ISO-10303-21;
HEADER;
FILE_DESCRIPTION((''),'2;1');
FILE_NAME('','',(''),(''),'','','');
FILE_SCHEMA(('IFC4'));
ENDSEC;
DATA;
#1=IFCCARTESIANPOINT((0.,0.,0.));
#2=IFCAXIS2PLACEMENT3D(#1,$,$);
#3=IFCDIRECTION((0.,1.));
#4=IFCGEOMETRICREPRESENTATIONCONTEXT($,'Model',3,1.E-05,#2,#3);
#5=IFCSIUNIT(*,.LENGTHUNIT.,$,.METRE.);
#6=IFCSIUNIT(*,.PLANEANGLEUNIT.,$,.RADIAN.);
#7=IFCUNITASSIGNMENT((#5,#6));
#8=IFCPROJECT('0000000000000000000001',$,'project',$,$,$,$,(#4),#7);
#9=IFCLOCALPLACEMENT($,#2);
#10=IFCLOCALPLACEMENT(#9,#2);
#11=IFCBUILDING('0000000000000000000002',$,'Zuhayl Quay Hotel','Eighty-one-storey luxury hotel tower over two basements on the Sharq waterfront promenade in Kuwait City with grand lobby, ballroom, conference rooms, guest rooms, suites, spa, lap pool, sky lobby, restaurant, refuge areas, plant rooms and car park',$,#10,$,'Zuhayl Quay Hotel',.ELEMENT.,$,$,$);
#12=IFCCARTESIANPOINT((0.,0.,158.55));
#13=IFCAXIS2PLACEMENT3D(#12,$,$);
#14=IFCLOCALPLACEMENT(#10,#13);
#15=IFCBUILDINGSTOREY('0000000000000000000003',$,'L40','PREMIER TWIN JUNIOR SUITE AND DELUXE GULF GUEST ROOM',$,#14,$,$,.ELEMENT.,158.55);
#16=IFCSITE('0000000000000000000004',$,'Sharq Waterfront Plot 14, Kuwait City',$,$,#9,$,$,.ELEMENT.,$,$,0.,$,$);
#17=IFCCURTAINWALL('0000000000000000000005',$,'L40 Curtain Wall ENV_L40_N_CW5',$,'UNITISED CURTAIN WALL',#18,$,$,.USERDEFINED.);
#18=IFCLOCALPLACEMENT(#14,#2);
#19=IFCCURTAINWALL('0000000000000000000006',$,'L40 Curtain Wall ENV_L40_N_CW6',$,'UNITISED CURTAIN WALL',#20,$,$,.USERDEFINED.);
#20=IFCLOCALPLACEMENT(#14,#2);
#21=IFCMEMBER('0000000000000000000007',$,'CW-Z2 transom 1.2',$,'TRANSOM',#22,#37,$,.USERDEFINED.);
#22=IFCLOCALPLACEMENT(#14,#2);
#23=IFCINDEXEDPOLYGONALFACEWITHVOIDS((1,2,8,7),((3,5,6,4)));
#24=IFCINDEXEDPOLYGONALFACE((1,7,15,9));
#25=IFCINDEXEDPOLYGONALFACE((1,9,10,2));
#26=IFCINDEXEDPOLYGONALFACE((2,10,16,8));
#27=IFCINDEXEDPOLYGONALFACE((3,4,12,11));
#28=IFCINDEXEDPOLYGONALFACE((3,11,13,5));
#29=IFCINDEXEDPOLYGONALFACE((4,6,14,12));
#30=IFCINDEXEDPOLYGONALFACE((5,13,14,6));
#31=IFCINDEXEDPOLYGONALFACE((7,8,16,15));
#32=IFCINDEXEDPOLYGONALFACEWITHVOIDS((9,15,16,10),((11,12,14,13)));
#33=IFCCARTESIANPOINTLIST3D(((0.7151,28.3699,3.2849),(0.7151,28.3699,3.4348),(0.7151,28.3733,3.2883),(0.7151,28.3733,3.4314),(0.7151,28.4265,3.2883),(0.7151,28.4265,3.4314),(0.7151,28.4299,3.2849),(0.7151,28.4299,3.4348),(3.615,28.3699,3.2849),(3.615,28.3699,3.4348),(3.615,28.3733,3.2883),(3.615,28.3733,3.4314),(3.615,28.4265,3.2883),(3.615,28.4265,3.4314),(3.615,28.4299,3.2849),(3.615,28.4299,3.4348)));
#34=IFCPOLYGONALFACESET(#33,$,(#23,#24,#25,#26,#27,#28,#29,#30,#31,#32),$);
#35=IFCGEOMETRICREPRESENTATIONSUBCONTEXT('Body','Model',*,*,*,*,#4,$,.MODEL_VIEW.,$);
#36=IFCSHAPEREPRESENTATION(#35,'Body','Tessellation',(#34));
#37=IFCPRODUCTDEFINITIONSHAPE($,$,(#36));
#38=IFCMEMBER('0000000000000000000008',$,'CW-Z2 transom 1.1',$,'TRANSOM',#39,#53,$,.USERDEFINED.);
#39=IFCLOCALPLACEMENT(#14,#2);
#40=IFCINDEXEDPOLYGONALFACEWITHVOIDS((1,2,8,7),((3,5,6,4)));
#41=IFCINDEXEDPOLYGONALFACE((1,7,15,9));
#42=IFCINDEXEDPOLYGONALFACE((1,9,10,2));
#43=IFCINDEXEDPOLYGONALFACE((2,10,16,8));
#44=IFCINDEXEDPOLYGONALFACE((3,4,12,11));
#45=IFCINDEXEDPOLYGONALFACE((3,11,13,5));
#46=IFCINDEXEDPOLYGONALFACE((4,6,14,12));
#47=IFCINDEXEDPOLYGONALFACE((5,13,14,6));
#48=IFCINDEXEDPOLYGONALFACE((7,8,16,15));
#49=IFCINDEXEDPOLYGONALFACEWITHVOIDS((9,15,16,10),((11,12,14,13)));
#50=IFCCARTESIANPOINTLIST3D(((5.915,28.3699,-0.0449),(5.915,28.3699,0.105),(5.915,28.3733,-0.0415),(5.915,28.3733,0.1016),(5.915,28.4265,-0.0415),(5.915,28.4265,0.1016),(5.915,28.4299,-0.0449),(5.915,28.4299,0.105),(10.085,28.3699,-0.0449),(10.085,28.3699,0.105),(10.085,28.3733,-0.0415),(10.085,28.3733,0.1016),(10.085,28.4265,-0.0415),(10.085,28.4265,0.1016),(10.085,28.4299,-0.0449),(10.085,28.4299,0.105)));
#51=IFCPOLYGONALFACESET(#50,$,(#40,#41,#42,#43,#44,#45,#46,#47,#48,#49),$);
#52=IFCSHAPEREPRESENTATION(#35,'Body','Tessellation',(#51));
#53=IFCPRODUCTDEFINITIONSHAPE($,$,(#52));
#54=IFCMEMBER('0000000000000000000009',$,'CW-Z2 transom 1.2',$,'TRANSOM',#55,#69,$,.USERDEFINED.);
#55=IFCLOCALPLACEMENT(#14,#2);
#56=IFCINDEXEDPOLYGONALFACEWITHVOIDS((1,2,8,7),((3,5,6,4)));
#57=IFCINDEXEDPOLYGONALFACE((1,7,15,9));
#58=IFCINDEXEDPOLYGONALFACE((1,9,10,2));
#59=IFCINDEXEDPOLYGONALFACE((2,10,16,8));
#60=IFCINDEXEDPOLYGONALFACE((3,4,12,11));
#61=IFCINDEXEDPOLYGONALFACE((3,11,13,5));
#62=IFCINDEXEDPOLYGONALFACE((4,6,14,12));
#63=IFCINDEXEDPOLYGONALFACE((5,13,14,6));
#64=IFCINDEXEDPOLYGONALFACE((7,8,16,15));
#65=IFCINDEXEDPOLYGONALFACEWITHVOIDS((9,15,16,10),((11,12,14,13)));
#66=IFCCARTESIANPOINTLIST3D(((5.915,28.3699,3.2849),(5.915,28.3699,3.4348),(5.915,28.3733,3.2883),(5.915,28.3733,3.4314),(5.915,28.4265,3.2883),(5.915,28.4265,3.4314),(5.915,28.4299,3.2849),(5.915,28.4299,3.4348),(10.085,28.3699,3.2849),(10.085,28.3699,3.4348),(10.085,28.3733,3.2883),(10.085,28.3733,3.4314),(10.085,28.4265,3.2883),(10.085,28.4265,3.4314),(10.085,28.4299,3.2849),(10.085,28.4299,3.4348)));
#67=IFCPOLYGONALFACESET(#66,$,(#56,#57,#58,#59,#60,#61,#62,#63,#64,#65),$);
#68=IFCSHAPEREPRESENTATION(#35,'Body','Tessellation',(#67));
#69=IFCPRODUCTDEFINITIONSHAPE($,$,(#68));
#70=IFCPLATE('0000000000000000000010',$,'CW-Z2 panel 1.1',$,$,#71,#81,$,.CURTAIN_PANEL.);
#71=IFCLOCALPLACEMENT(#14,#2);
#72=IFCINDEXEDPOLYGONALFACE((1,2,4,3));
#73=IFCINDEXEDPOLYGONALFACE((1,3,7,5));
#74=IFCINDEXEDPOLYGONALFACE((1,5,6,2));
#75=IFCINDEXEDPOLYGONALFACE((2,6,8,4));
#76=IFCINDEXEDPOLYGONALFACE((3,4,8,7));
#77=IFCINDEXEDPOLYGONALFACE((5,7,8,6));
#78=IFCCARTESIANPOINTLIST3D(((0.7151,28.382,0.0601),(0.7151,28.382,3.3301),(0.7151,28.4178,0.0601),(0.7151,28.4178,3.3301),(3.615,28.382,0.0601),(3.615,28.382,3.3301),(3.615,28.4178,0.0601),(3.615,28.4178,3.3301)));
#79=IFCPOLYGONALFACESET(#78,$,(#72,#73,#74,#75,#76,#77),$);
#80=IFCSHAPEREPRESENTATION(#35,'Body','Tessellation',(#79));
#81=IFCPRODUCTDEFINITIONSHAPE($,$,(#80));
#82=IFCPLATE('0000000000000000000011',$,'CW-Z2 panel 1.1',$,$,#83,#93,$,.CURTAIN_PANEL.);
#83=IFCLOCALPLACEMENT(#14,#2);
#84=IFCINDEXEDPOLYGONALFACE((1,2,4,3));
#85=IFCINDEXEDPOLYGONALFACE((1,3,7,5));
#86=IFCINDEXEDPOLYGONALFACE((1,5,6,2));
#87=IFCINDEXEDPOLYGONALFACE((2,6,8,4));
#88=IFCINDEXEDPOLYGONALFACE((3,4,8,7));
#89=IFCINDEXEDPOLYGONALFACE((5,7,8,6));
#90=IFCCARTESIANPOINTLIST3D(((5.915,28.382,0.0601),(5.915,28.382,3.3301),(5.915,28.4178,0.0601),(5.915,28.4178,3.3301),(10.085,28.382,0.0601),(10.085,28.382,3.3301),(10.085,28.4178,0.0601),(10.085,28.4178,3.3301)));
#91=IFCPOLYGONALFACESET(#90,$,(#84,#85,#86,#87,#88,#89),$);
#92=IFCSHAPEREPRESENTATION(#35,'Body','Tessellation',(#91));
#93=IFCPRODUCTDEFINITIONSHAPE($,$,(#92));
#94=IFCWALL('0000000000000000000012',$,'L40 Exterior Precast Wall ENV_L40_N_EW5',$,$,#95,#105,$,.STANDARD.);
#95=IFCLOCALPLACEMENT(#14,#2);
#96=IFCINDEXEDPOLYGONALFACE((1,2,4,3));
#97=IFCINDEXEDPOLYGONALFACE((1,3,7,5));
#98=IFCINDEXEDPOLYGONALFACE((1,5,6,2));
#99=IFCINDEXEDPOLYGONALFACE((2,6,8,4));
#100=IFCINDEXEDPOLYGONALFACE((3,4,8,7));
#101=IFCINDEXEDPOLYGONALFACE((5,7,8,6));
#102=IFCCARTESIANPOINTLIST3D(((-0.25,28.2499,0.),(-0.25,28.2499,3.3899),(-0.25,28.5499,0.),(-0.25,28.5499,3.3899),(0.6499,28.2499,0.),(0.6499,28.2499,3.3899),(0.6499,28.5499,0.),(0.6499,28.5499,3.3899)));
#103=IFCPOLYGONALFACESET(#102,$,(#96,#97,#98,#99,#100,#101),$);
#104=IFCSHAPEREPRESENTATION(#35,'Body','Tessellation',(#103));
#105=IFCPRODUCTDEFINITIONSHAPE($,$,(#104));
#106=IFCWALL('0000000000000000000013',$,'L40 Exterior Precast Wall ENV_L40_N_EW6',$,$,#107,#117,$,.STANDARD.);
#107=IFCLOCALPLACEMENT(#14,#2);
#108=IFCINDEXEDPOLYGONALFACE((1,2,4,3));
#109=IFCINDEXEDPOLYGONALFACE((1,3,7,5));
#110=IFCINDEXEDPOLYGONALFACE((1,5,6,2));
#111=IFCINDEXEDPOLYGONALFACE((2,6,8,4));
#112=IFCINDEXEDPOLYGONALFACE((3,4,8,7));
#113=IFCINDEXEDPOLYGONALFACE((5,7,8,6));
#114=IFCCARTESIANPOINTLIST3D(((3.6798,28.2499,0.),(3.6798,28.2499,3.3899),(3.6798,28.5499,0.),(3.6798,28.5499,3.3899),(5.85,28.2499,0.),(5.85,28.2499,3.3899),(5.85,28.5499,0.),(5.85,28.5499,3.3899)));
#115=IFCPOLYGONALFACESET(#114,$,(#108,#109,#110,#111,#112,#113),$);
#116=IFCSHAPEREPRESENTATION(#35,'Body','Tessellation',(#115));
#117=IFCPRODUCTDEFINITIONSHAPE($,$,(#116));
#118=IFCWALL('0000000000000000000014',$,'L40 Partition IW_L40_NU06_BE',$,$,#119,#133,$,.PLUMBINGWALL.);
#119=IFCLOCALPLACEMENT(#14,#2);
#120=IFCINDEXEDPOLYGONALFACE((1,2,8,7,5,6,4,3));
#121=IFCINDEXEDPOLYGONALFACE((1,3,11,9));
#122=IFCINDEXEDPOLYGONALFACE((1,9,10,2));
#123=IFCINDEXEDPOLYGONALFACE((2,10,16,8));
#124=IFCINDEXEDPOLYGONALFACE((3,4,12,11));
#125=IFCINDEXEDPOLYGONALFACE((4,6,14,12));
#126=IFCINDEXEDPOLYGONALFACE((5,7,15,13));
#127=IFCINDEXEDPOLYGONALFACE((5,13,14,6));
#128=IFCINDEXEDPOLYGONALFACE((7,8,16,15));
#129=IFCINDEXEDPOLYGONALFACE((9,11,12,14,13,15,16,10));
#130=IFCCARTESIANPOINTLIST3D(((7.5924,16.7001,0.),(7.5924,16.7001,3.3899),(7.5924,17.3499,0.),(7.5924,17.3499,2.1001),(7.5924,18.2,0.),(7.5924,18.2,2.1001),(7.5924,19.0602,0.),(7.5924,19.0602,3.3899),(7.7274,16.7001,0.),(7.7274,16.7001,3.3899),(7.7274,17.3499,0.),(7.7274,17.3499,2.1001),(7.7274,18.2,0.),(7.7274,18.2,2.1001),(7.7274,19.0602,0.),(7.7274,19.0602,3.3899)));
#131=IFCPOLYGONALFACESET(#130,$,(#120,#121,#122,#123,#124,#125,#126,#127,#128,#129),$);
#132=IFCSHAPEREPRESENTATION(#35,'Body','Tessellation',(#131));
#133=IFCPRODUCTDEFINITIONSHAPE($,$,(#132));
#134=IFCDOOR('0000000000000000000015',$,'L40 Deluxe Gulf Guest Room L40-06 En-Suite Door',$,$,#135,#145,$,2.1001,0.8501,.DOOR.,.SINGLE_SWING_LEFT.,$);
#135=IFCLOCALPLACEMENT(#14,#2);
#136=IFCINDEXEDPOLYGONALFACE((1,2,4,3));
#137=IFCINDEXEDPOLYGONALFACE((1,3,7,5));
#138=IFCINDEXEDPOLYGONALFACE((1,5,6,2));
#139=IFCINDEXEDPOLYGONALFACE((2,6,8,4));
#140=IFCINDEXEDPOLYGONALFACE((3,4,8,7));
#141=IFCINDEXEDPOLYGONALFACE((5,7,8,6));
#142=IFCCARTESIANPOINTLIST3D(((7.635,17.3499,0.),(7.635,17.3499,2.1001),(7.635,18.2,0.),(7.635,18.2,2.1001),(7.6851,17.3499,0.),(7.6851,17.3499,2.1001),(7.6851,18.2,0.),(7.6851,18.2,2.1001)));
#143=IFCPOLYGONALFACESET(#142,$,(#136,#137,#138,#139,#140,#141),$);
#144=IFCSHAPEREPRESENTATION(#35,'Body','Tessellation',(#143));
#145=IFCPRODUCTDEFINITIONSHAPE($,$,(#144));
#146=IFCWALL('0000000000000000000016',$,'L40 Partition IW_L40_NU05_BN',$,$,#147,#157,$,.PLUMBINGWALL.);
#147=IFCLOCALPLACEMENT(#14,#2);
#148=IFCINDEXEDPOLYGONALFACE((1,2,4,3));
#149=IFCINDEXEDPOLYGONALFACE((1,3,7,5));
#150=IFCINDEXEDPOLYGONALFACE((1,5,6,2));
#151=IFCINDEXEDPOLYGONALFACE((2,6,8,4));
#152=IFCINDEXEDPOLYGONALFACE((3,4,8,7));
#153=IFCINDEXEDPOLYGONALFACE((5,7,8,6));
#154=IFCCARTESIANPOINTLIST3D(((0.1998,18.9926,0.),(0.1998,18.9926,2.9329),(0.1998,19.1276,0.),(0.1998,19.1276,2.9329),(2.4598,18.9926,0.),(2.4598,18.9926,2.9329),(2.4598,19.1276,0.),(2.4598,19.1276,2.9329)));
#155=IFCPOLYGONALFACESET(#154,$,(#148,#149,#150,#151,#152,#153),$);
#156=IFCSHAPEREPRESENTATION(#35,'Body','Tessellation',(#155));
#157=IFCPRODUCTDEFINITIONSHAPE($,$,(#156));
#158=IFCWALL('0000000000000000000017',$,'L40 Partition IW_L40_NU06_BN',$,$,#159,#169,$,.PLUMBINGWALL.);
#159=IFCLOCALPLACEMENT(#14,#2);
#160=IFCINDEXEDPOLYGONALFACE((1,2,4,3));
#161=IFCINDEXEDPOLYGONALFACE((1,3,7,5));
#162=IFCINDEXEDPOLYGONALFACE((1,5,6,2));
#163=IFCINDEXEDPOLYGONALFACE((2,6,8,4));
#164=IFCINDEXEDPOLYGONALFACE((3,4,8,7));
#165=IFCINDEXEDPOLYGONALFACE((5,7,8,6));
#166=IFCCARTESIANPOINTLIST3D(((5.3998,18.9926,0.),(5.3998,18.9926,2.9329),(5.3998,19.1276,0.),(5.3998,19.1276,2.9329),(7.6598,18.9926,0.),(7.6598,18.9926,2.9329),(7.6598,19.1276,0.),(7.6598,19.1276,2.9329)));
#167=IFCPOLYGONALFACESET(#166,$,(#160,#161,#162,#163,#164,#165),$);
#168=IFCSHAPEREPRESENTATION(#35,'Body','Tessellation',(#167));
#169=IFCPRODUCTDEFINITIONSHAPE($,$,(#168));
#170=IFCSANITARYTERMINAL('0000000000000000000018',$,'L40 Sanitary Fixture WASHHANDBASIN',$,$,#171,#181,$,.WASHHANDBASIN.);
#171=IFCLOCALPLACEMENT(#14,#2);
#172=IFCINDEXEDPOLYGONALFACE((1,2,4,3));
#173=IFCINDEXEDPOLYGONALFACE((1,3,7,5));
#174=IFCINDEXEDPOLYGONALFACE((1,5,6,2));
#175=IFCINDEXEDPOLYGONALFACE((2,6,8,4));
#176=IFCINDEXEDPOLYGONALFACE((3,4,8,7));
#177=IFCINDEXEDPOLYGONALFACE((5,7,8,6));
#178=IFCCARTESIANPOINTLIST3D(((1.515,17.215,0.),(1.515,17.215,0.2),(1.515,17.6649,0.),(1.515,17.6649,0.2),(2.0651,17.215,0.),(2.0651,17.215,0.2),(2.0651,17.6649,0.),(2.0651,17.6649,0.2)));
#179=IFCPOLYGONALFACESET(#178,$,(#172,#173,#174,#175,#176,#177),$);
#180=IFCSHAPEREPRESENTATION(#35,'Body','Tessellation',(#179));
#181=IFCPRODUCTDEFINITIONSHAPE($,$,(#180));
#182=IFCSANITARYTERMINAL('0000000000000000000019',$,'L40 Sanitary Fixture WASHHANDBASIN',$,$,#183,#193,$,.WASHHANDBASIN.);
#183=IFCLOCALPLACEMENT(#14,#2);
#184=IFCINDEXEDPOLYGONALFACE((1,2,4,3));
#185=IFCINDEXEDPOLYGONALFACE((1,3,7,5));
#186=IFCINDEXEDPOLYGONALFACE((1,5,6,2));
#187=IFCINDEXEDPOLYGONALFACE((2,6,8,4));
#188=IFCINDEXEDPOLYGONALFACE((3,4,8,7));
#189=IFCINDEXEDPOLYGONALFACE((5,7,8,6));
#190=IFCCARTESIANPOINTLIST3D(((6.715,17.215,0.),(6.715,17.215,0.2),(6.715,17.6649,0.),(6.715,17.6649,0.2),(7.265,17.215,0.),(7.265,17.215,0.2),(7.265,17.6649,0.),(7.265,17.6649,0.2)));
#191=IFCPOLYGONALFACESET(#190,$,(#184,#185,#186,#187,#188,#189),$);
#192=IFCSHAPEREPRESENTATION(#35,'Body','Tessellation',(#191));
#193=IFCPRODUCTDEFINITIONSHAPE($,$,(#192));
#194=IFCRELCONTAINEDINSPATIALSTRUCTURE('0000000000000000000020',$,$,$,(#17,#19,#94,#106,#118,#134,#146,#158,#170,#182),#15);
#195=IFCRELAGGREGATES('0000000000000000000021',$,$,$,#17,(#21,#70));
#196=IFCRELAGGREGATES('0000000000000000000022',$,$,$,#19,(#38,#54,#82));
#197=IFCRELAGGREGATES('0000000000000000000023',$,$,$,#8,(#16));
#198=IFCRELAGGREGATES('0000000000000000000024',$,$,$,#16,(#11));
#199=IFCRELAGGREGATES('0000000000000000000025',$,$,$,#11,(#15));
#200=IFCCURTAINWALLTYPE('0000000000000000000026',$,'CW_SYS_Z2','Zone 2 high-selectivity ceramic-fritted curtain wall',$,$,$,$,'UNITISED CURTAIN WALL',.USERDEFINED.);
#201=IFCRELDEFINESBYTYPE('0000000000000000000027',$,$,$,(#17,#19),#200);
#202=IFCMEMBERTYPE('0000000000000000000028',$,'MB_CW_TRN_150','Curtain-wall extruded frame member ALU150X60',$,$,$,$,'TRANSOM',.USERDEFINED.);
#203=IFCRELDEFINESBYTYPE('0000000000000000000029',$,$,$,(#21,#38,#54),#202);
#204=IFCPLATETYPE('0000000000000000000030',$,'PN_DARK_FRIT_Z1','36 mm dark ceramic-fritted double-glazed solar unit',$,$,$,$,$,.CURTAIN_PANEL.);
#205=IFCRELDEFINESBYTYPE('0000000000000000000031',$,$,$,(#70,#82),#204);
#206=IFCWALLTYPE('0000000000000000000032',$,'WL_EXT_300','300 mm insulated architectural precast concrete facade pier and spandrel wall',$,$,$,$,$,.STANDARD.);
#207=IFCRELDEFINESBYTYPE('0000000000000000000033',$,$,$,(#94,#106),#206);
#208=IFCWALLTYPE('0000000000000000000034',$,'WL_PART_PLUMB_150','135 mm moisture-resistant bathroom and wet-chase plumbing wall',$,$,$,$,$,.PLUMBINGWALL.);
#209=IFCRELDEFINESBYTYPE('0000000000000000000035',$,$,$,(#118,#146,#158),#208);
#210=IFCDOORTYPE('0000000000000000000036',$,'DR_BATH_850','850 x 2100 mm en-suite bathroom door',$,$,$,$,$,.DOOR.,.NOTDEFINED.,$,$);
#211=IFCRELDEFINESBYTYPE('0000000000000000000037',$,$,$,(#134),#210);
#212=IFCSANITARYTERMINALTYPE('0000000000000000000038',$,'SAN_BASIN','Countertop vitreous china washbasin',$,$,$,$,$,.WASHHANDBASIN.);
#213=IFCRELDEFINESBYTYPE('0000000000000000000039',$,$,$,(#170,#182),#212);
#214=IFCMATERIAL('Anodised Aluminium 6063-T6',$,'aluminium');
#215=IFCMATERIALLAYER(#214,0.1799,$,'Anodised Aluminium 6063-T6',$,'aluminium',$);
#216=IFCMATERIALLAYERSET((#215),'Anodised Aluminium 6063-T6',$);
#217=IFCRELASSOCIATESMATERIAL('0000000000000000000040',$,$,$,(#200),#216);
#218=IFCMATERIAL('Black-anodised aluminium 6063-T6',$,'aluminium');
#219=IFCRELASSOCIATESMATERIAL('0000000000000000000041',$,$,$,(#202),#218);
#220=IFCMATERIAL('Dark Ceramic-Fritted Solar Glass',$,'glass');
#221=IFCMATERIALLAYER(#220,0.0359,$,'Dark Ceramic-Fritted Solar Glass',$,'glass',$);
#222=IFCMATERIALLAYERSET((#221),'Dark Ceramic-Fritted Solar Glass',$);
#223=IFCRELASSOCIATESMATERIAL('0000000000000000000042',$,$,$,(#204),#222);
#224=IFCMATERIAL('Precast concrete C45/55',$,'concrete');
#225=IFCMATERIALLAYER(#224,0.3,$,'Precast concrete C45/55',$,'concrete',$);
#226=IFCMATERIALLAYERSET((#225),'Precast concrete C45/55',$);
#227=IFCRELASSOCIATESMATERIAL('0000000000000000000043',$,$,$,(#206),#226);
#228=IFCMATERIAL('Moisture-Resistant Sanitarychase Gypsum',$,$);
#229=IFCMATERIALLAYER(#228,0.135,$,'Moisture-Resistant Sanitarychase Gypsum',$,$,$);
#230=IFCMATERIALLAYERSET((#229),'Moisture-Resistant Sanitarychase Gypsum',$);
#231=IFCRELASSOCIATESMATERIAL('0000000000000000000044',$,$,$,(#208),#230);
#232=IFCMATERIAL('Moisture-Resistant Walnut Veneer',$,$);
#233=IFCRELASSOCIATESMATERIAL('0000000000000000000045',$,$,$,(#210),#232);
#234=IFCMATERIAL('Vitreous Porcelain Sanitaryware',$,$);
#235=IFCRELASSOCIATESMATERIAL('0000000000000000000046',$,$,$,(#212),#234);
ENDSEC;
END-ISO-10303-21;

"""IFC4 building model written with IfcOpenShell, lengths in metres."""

from ifc_helpers import new_model, si_unit, direction, frame, frame_2d, origin, origin_2d, place, context, subcontext, project, spatial, rectangle, hollow_rectangle, extrude, material, layer, layer_set, material_profile, profile_set, type_object, element, fill, aggregate, save


model = new_model("IFC4")

# Units and contexts
model_context = context("Model", 3, precision=1e-05, world=origin(), true_north=direction((0.0, 1.0)))
body_context = subcontext(model_context, "Body", "Model", "MODEL_VIEW")
ifc_project = project(units=[si_unit("LENGTHUNIT", "METRE"), si_unit("PLANEANGLEUNIT", "RADIAN")], contexts=[model_context])

# Site, building, storey
site_placement = place(None, origin())
site = spatial("IfcSite", under=ifc_project, at=site_placement, Name="Sharq Waterfront Plot 14, Kuwait City", CompositionType="ELEMENT", RefElevation=0.0)
building_placement = place(site_placement, origin())
building = spatial("IfcBuilding", under=site, at=building_placement, Name="Zuhayl Quay Hotel", Description="Eighty-one-storey luxury hotel tower over two basements on the Sharq waterfront promenade in Kuwait City with grand lobby, ballroom, conference rooms, guest rooms, suites, spa, lap pool, sky lobby, restaurant, refuge areas, plant rooms and car park", LongName="Zuhayl Quay Hotel", CompositionType="ELEMENT")
storey_placement = place(building_placement, frame((0.0, 0.0, 158.55)))
storey = spatial("IfcBuildingStorey", under=building, at=storey_placement, Name="L40", Description="PREMIER TWIN JUNIOR SUITE AND DELUXE GULF GUEST ROOM", CompositionType="ELEMENT", Elevation=158.55)

# Shared definitions
ifc_material_1 = material(Name="Anodised Aluminium 6063-T6", Category="aluminium")
ifc_layer_1 = layer(ifc_material_1, 0.1799, Name="Anodised Aluminium 6063-T6", Category="aluminium")
ifc_layer_set_1 = layer_set([ifc_layer_1], Name="Anodised Aluminium 6063-T6")
curtain_wall_type = type_object("IfcCurtainWallType", Name="CW_SYS_Z2", Description="Zone 2 high-selectivity ceramic-fritted curtain wall", ElementType="UNITISED CURTAIN WALL", PredefinedType="USERDEFINED", material=ifc_layer_set_1)
ifc_material_2 = material(Name="Black-anodised aluminium 6063-T6", Category="aluminium")

# Curtain wall
curtain_wall_1_placement = place(storey_placement, origin())
curtain_wall_1 = element("IfcCurtainWall", 1, at=curtain_wall_1_placement, inside=storey, type_object=curtain_wall_type, Name="L40 Curtain Wall ENV_L40_N_CW5", ObjectType="UNITISED CURTAIN WALL", PredefinedType="USERDEFINED")

# Curtain wall
curtain_wall_2_placement = place(storey_placement, origin())
curtain_wall_2 = element("IfcCurtainWall", 2, at=curtain_wall_2_placement, inside=storey, type_object=curtain_wall_type, Name="L40 Curtain Wall ENV_L40_N_CW6", ObjectType="UNITISED CURTAIN WALL", PredefinedType="USERDEFINED")

# Members
ifc_material_profile_1 = material_profile(ifc_material_2, hollow_rectangle(XDim=0.0601, YDim=0.1499, WallThickness=0.0034, at=origin_2d()), Name="ALU150X60")
ifc_profile_set_1 = profile_set([ifc_material_profile_1], Name="Black-anodised aluminium 6063-T6")
member_type_1 = type_object("IfcMemberType", Name="MB_CW_TRN_150", Description="Curtain-wall extruded frame member ALU150X60", ElementType="TRANSOM", PredefinedType="USERDEFINED", material=ifc_profile_set_1)
member_1_placement = place(storey_placement, frame((0.7151, 28.3999, 3.3599), z_axis=(1.0, 0.0, 0.0), x_axis=(0.0, 1.0, 0.0)))
member_1 = element("IfcMember", 3, at=member_1_placement, type_object=member_type_1, Name="CW-Z2 transom 1.2", ObjectType="TRANSOM", PredefinedType="USERDEFINED", context=body_context, shape_type="SweptSolid", body=[
    extrude(hollow_rectangle(XDim=0.0601, YDim=0.1499, WallThickness=0.0034, at=origin_2d()), origin(), (0.0, 0.0, 1.0), 2.8999),
])
member_2_placement = place(storey_placement, frame((5.915, 28.3999, 0.03), z_axis=(1.0, 0.0, 0.0), x_axis=(0.0, 1.0, 0.0)))
member_2 = element("IfcMember", 4, at=member_2_placement, type_object=member_type_1, Name="CW-Z2 transom 1.1", ObjectType="TRANSOM", PredefinedType="USERDEFINED", context=body_context, shape_type="SweptSolid", body=[
    extrude(hollow_rectangle(XDim=0.0601, YDim=0.1499, WallThickness=0.0034, at=origin_2d()), origin(), (0.0, 0.0, 1.0), 4.1699),
])
member_3_placement = place(storey_placement, frame((5.915, 28.3999, 3.3599), z_axis=(1.0, 0.0, 0.0), x_axis=(0.0, 1.0, 0.0)))
member_3 = element("IfcMember", 5, at=member_3_placement, type_object=member_type_1, Name="CW-Z2 transom 1.2", ObjectType="TRANSOM", PredefinedType="USERDEFINED", context=body_context, shape_type="SweptSolid", body=[
    extrude(hollow_rectangle(XDim=0.0601, YDim=0.1499, WallThickness=0.0034, at=origin_2d()), origin(), (0.0, 0.0, 1.0), 4.1699),
])

# Plates
ifc_material_3 = material(Name="Dark Ceramic-Fritted Solar Glass", Category="glass")
ifc_layer_2 = layer(ifc_material_3, 0.0359, Name="Dark Ceramic-Fritted Solar Glass", Category="glass")
ifc_layer_set_2 = layer_set([ifc_layer_2], Name="Dark Ceramic-Fritted Solar Glass")
plate_type = type_object("IfcPlateType", Name="PN_DARK_FRIT_Z1", Description="36 mm dark ceramic-fritted double-glazed solar unit", PredefinedType="CURTAIN_PANEL", material=ifc_layer_set_2)
plate_1_placement = place(storey_placement, frame((2.165, 28.3999, 0.0601), z_axis=(0.0, 0.0, 1.0), x_axis=(1.0, 0.0, 0.0)))
plate_1 = element("IfcPlate", 6, at=plate_1_placement, type_object=plate_type, Name="CW-Z2 panel 1.1", PredefinedType="CURTAIN_PANEL", context=body_context, shape_type="SweptSolid", body=[
    extrude(rectangle(XDim=2.8999, YDim=0.0359, at=origin_2d()), origin(), (0.0, 0.0, 1.0), 3.27),
])
aggregate(curtain_wall_1, [member_1, plate_1])
plate_2_placement = place(storey_placement, frame((8.0, 28.3999, 0.0601), z_axis=(0.0, 0.0, 1.0), x_axis=(1.0, 0.0, 0.0)))
plate_2 = element("IfcPlate", 7, at=plate_2_placement, type_object=plate_type, Name="CW-Z2 panel 1.1", PredefinedType="CURTAIN_PANEL", context=body_context, shape_type="SweptSolid", body=[
    extrude(rectangle(XDim=4.1699, YDim=0.0359, at=origin_2d()), origin(), (0.0, 0.0, 1.0), 3.27),
])
aggregate(curtain_wall_2, [member_2, member_3, plate_2])

# Walls
ifc_material_4 = material(Name="Precast concrete C45/55", Category="concrete")
ifc_layer_3 = layer(ifc_material_4, 0.3, Name="Precast concrete C45/55", Category="concrete")
ifc_layer_set_3 = layer_set([ifc_layer_3], Name="Precast concrete C45/55")
wall_type_1 = type_object("IfcWallType", Name="WL_EXT_300", Description="300 mm insulated architectural precast concrete facade pier and spandrel wall", PredefinedType="STANDARD", material=ifc_layer_set_3)
wall_1_placement = place(storey_placement, frame((-0.25, 28.3999, 0.0), z_axis=(0.0, 0.0, 1.0), x_axis=(1.0, 0.0, 0.0)))
element("IfcWall", 8, at=wall_1_placement, inside=storey, type_object=wall_type_1, Name="L40 Exterior Precast Wall ENV_L40_N_EW5", PredefinedType="STANDARD", context=body_context, shape_type="SweptSolid", body=[
    extrude(rectangle(XDim=0.8999, YDim=0.3, at=frame_2d((0.45, 0.0))), origin(), (0.0, 0.0, 1.0), 3.3899),
])
wall_2_placement = place(storey_placement, frame((3.6799, 28.3999, 0.0), z_axis=(0.0, 0.0, 1.0), x_axis=(1.0, 0.0, 0.0)))
element("IfcWall", 9, at=wall_2_placement, inside=storey, type_object=wall_type_1, Name="L40 Exterior Precast Wall ENV_L40_N_EW6", PredefinedType="STANDARD", context=body_context, shape_type="SweptSolid", body=[
    extrude(rectangle(XDim=2.1702, YDim=0.3, at=frame_2d((1.085, 0.0))), origin(), (0.0, 0.0, 1.0), 3.3899),
])

# Wall, opening, door
ifc_material_5 = material(Name="Moisture-Resistant Sanitarychase Gypsum")
ifc_layer_4 = layer(ifc_material_5, 0.135, Name="Moisture-Resistant Sanitarychase Gypsum")
ifc_layer_set_4 = layer_set([ifc_layer_4], Name="Moisture-Resistant Sanitarychase Gypsum")
wall_type_2 = type_object("IfcWallType", Name="WL_PART_PLUMB_150", Description="135 mm moisture-resistant bathroom and wet-chase plumbing wall", PredefinedType="PLUMBINGWALL", material=ifc_layer_set_4)
wall_3_placement = place(storey_placement, frame((7.6599, 16.7, 0.0), z_axis=(0.0, 0.0, 1.0), x_axis=(0.0, 1.0, 0.0)))
wall_3 = element("IfcWall", 10, at=wall_3_placement, inside=storey, type_object=wall_type_2, Name="L40 Partition IW_L40_NU06_BE", PredefinedType="PLUMBINGWALL", context=body_context, shape_type="SweptSolid", body=[
    extrude(rectangle(XDim=2.3601, YDim=0.135, at=frame_2d((1.1802, 0.0))), origin(), (0.0, 0.0, 1.0), 3.3899),
])
opening_placement = place(wall_3_placement, frame((0.6499, 0.0, 0.0)))
opening = element("IfcOpeningElement", 11, at=opening_placement, cuts=wall_3, PredefinedType="OPENING", context=body_context, shape_type="SweptSolid", body=[
    extrude(rectangle(XDim=0.8501, YDim=2.1001, at=frame_2d((0.425, 1.05))), frame((0.0, 0.0774, 0.0), z_axis=(0.0, -1.0, 0.0), x_axis=(1.0, 0.0, 0.0)), (0.0, 0.0, 1.0), 0.155),
])
ifc_material_6 = material(Name="Moisture-Resistant Walnut Veneer")
door_type = type_object("IfcDoorType", Name="DR_BATH_850", Description="850 x 2100 mm en-suite bathroom door", OperationType="NOTDEFINED", PredefinedType="DOOR", material=ifc_material_6)
door_placement = place(opening_placement, origin())
door = element("IfcDoor", 12, at=door_placement, inside=storey, type_object=door_type, Name="L40 Deluxe Gulf Guest Room L40-06 En-Suite Door", OperationType="SINGLE_SWING_LEFT", OverallHeight=2.1001, OverallWidth=0.8501, PredefinedType="DOOR", context=body_context, shape_type="SweptSolid", body=[
    extrude(rectangle(XDim=0.8501, YDim=2.1001, at=frame_2d((0.425, 1.05))), frame((0.0, 0.0249, 0.0), z_axis=(0.0, -1.0, 0.0), x_axis=(1.0, 0.0, 0.0)), (0.0, 0.0, 1.0), 0.05),
])
fill(opening, door)

# Walls
for number, where, z_axis, x_axis, name in (
    (13, (0.2, 19.0601, 0.0), (0.0, 0.0, 1.0), (1.0, 0.0, 0.0), "L40 Partition IW_L40_NU05_BN"),
    (14, (5.3999, 19.0601, 0.0), (0.0, 0.0, 1.0), (1.0, 0.0, 0.0), "L40 Partition IW_L40_NU06_BN"),
):
    element("IfcWall", number, at=place(storey_placement, frame(where, z_axis=z_axis, x_axis=x_axis)), inside=storey, type_object=wall_type_2, Name=name, PredefinedType="PLUMBINGWALL", context=body_context, shape_type="SweptSolid", body=[
        extrude(rectangle(XDim=2.26, YDim=0.135, at=frame_2d((1.1299, 0.0))), origin(), (0.0, 0.0, 1.0), 2.9329),
    ])

# Sanitary terminals
ifc_material_7 = material(Name="Vitreous Porcelain Sanitaryware")
sanitary_terminal_type_1 = type_object("IfcSanitaryTerminalType", Name="SAN_BASIN", Description="Countertop vitreous china washbasin", PredefinedType="WASHHANDBASIN", material=ifc_material_7)
for number, where, z_axis, x_axis, name in (
    (15, (1.79, 17.4399, 0.0), (0.0, 0.0, 1.0), (1.0, 0.0, 0.0), "L40 Sanitary Fixture WASHHANDBASIN"),
    (16, (6.99, 17.4399, 0.0), (0.0, 0.0, 1.0), (1.0, 0.0, 0.0), "L40 Sanitary Fixture WASHHANDBASIN"),
):
    element("IfcSanitaryTerminal", number, at=place(storey_placement, frame(where, z_axis=z_axis, x_axis=x_axis)), inside=storey, type_object=sanitary_terminal_type_1, Name=name, PredefinedType="WASHHANDBASIN", context=body_context, shape_type="SweptSolid", body=[
        extrude(rectangle(XDim=0.55, YDim=0.45, at=origin_2d()), origin(), (0.0, 0.0, 1.0), 0.2),
    ])

save(model, "model.ifc")
